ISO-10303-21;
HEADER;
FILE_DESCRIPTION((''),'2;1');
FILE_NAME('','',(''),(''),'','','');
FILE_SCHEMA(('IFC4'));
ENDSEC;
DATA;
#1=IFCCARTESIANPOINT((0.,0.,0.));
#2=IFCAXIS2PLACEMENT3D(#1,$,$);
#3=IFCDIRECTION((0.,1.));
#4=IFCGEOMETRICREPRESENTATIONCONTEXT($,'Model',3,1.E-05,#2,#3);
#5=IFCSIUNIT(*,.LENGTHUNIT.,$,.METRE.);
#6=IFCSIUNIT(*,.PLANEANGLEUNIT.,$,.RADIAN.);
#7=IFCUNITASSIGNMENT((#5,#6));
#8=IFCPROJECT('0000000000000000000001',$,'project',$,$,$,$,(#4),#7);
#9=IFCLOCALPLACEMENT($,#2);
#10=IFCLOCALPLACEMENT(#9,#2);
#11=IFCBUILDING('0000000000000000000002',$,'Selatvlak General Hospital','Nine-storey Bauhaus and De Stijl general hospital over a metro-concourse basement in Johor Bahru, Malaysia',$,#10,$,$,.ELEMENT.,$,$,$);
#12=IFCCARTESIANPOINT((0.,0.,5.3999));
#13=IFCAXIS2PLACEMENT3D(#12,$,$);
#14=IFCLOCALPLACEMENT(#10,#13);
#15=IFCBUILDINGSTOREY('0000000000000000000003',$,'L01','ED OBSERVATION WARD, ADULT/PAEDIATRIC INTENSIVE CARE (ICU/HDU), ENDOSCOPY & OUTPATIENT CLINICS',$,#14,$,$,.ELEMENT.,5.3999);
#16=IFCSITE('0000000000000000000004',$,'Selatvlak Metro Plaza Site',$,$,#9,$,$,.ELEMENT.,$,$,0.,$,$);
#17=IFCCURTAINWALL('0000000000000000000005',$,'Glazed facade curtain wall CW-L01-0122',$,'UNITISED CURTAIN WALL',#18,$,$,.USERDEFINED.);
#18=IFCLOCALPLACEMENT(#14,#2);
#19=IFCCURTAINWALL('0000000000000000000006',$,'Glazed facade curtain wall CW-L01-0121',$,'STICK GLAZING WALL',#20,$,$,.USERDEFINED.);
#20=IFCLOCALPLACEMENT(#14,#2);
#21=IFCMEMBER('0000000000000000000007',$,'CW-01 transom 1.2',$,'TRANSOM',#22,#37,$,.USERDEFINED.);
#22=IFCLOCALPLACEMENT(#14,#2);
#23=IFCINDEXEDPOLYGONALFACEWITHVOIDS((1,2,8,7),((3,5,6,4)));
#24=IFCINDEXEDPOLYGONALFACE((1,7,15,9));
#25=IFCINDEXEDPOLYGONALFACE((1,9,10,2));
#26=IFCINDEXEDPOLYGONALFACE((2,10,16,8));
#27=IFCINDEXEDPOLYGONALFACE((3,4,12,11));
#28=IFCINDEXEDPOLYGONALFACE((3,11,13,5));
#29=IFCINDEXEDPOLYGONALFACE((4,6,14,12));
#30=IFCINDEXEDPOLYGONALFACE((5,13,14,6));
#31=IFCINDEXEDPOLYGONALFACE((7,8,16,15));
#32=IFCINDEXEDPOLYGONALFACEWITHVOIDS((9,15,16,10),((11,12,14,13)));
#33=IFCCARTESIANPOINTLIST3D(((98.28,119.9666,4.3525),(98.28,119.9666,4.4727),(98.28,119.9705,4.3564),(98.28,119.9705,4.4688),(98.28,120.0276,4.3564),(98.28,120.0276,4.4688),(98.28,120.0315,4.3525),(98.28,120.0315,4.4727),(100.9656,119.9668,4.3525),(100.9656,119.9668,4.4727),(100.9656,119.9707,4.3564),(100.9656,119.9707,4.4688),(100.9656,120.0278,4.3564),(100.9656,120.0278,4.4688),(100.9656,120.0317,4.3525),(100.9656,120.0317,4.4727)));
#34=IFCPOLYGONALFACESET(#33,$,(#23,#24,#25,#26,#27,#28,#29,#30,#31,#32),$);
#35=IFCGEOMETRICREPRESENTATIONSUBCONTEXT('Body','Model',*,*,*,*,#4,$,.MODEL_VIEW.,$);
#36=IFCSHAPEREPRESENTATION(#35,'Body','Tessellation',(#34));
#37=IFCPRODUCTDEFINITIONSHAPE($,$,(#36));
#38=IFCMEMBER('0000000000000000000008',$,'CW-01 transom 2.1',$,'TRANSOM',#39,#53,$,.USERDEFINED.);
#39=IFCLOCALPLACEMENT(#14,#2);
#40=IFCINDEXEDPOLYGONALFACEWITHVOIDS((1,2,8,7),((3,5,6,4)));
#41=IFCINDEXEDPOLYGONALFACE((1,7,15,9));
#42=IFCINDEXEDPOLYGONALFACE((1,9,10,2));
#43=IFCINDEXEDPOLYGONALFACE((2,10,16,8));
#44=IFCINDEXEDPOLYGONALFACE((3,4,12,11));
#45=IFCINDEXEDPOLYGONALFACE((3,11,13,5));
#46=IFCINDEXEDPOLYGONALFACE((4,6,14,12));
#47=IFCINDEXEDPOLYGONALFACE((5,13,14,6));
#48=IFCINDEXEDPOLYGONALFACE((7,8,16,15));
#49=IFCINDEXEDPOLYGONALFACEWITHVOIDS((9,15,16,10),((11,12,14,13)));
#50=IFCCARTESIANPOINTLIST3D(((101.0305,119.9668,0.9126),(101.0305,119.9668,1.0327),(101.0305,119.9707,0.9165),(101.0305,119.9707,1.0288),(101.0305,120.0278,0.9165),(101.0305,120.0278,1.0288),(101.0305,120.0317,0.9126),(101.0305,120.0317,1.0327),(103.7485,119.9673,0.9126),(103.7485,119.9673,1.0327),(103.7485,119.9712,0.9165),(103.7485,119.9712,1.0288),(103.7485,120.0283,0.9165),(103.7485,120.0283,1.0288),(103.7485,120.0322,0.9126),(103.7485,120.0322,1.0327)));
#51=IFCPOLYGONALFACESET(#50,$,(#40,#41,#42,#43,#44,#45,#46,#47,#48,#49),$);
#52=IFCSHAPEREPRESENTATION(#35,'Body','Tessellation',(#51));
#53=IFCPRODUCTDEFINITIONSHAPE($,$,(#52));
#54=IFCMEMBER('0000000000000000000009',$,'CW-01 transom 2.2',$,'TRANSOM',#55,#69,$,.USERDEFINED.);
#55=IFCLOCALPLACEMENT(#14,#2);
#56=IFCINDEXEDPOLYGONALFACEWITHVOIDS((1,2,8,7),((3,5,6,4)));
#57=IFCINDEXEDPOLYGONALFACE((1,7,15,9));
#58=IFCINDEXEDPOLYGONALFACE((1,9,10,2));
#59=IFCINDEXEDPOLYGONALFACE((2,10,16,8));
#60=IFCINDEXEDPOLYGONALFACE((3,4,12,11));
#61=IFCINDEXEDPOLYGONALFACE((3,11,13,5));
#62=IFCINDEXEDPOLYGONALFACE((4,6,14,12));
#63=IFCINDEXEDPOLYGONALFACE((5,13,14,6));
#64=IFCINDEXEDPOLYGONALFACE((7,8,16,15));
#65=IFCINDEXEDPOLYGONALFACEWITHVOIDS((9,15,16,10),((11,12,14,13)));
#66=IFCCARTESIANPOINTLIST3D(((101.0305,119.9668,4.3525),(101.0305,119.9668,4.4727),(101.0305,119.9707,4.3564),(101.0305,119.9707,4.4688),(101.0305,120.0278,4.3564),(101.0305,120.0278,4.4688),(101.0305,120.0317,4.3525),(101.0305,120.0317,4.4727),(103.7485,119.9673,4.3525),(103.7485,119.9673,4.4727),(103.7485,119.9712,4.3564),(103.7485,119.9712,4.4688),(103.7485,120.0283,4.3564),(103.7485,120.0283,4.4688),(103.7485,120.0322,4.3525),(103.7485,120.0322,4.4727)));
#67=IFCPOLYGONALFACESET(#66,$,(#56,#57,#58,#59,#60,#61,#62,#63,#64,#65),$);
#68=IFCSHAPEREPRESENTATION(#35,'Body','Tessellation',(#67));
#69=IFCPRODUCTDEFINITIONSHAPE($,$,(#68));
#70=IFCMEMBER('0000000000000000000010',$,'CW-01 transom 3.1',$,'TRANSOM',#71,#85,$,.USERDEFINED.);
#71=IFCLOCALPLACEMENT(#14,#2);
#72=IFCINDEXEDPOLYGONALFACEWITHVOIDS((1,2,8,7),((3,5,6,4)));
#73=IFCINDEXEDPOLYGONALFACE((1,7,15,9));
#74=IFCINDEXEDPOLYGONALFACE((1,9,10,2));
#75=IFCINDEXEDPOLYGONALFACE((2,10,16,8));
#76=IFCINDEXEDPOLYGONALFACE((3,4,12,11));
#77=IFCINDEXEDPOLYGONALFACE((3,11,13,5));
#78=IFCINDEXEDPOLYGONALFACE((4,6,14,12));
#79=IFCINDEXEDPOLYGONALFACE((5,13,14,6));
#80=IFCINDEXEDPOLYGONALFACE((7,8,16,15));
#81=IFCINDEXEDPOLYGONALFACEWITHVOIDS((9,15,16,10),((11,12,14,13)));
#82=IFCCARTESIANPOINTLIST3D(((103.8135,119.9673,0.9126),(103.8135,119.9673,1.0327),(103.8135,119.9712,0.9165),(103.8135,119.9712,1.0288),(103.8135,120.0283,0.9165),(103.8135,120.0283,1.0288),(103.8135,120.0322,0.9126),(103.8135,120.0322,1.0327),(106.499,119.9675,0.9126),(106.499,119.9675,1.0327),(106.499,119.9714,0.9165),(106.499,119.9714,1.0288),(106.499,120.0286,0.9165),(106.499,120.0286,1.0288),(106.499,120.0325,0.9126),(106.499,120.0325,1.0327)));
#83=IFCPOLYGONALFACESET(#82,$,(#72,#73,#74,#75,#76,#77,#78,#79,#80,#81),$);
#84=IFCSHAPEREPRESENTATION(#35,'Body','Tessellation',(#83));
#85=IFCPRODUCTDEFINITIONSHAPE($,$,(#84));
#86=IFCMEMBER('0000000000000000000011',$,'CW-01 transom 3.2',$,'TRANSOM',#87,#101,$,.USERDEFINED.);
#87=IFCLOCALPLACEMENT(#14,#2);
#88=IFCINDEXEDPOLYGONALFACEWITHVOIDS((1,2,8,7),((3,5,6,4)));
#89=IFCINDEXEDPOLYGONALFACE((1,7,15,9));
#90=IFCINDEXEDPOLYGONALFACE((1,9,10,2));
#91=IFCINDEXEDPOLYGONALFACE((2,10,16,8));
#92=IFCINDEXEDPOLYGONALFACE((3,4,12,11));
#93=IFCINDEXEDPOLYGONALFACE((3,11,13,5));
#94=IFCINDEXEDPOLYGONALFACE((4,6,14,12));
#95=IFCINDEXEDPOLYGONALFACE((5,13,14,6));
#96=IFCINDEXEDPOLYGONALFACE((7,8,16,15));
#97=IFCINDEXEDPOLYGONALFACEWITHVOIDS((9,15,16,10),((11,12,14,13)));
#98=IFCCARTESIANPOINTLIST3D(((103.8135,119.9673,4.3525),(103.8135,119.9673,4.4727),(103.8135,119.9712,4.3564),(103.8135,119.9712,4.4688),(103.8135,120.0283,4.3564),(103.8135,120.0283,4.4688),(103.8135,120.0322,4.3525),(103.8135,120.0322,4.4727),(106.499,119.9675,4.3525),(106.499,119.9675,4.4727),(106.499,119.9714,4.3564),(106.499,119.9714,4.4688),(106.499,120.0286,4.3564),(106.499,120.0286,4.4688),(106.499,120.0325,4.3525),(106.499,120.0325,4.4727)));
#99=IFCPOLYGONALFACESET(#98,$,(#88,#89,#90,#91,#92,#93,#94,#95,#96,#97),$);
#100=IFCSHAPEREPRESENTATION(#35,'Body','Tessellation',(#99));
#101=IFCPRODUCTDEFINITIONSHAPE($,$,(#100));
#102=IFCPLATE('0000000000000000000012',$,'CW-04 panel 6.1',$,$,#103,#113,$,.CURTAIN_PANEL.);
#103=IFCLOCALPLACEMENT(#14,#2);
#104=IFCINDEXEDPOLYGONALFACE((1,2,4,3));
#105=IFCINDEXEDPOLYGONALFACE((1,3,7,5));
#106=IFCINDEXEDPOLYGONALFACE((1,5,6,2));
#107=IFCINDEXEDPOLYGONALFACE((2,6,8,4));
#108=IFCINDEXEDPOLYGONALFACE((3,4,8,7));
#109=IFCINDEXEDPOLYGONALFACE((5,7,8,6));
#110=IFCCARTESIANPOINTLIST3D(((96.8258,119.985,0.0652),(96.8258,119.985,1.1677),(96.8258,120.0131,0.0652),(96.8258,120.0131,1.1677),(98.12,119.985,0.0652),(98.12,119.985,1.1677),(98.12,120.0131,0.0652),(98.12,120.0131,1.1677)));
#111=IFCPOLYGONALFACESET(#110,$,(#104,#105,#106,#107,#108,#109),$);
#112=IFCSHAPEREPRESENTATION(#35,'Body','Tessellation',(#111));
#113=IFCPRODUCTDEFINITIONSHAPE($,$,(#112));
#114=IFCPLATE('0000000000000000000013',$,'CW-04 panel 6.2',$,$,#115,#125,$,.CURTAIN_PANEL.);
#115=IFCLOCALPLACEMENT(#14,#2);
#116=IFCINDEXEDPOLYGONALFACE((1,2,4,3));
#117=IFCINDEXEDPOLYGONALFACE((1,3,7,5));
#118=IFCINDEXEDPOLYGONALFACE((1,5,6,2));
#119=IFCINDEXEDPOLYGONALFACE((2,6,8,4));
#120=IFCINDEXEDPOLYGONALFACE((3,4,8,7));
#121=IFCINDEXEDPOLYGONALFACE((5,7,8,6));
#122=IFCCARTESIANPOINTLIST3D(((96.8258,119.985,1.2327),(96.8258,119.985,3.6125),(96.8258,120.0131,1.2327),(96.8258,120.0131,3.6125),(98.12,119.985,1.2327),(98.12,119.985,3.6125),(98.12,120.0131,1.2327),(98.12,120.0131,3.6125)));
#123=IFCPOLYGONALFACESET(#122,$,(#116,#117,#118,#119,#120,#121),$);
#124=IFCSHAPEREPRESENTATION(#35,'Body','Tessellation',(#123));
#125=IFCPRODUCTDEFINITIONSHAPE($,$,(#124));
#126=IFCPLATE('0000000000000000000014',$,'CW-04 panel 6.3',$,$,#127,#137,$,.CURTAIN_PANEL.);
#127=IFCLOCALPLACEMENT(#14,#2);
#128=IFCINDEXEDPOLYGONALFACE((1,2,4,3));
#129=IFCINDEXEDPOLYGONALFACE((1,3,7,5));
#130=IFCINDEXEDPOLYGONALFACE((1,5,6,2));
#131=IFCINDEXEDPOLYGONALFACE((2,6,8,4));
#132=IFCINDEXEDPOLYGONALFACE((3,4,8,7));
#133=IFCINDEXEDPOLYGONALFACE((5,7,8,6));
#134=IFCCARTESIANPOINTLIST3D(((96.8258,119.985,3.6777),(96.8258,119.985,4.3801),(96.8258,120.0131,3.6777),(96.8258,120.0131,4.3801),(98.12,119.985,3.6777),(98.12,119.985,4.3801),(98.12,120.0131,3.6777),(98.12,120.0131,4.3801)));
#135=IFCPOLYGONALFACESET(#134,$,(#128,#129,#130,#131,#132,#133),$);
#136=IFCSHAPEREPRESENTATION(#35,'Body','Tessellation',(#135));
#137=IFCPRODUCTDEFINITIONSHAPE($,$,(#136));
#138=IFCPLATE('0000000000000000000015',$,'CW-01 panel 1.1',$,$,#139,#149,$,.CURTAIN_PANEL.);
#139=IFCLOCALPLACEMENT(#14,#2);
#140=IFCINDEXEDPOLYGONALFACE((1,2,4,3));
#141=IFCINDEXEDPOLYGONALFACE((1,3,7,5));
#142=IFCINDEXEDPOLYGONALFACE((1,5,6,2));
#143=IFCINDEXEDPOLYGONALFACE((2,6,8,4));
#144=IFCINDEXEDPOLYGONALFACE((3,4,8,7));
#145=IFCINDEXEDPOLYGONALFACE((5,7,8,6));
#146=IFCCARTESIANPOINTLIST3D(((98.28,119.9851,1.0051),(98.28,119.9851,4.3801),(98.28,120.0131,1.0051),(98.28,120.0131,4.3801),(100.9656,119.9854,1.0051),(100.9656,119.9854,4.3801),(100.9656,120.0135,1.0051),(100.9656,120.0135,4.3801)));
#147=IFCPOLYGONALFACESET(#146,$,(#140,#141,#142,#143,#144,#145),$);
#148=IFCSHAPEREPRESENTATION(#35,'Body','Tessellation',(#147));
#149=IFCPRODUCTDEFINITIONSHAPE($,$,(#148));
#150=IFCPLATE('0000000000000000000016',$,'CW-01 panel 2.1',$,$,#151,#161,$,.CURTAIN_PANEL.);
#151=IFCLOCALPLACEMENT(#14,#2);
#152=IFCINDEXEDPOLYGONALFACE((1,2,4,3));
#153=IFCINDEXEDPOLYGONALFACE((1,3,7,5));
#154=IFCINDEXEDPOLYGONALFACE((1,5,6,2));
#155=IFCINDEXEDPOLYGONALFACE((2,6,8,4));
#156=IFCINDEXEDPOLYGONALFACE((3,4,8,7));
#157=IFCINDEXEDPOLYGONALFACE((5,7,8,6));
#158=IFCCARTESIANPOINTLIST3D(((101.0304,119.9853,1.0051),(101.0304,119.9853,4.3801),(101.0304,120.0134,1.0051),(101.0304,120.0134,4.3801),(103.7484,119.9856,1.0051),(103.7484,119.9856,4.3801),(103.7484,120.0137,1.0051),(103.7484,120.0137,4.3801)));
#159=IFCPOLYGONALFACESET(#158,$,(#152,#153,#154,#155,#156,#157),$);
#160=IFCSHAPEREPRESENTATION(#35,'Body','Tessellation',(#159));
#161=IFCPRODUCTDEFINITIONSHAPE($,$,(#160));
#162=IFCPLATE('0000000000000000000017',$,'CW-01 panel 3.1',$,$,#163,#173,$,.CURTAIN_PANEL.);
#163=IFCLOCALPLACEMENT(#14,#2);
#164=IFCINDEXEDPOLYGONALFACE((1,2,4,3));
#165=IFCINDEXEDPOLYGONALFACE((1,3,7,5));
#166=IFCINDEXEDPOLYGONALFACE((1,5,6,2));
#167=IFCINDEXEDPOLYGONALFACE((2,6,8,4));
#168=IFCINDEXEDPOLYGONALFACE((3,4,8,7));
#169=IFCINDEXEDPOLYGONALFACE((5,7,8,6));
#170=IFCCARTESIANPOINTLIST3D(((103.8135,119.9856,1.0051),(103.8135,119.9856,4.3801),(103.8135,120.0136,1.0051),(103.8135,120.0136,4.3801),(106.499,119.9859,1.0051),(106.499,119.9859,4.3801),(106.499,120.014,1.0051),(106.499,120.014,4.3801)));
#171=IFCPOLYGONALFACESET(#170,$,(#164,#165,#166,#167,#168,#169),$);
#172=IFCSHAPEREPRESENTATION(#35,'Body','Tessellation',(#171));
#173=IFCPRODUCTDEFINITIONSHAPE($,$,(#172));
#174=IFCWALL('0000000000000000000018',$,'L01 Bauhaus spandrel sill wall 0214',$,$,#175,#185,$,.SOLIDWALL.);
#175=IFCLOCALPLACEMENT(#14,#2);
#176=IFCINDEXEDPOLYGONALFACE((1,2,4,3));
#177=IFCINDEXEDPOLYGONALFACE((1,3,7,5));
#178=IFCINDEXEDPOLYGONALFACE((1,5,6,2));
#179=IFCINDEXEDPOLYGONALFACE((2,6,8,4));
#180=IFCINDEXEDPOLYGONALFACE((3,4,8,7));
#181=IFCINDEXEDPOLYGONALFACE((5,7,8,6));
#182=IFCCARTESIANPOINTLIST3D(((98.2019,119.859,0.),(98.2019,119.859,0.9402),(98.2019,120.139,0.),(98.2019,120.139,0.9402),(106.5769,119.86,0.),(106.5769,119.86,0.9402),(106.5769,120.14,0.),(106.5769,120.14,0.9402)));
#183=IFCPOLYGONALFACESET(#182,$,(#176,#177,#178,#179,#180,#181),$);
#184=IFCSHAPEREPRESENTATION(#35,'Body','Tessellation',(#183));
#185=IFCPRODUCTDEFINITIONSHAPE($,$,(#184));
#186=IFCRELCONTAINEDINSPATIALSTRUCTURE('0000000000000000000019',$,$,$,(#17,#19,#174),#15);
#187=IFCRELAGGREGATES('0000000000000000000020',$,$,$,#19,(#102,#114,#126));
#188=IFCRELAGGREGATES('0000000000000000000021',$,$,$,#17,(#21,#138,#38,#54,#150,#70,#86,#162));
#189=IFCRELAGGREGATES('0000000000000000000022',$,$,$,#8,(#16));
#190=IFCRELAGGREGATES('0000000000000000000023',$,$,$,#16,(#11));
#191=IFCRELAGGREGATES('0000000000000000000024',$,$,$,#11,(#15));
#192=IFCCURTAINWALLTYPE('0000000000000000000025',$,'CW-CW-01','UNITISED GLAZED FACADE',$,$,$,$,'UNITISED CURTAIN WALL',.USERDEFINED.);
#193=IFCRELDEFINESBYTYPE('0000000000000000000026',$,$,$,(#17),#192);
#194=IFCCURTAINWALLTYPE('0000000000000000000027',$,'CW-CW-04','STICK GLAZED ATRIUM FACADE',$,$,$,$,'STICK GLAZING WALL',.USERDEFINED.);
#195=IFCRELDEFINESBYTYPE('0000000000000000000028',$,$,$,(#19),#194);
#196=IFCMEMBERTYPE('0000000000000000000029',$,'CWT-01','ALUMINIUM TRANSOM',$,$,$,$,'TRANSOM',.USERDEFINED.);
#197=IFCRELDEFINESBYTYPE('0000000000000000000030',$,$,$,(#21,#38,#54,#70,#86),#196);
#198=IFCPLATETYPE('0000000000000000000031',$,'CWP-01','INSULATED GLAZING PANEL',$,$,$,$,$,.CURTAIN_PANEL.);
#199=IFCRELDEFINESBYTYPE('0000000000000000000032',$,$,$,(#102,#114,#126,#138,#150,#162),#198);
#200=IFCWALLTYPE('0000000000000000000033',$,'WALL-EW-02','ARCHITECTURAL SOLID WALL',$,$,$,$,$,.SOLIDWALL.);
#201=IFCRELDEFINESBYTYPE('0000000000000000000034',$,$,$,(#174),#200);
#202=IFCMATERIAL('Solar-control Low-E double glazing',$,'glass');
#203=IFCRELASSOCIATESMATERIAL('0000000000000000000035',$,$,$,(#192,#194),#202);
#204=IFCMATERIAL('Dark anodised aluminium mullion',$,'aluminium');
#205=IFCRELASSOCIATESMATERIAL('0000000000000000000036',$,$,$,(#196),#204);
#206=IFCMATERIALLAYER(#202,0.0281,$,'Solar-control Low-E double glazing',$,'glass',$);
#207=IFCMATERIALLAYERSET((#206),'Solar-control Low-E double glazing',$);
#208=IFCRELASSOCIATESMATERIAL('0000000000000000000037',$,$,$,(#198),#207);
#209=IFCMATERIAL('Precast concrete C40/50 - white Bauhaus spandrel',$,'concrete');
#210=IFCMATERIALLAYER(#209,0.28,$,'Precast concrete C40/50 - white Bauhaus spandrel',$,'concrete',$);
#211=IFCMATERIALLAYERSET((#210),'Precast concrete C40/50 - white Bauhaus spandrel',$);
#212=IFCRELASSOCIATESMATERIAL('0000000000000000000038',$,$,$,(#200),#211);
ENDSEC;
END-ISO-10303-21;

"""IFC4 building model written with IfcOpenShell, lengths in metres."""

from ifc_helpers import new_model, si_unit, direction, frame, frame_2d, origin, origin_2d, place, context, subcontext, project, spatial, rectangle, hollow_rectangle, extrude, material, layer, layer_set, material_profile, profile_set, type_object, element, aggregate, save


model = new_model("IFC4")

# Units and contexts
model_context = context("Model", 3, precision=1e-05, world=origin(), true_north=direction((0.0, 1.0)))
body_context = subcontext(model_context, "Body", "Model", "MODEL_VIEW")
ifc_project = project(units=[si_unit("LENGTHUNIT", "METRE"), si_unit("PLANEANGLEUNIT", "RADIAN")], contexts=[model_context])

# Site, building, storey
site_placement = place(None, origin())
site = spatial("IfcSite", under=ifc_project, at=site_placement, Name="Selatvlak Metro Plaza Site", CompositionType="ELEMENT", RefElevation=0.0)
building_placement = place(site_placement, origin())
building = spatial("IfcBuilding", under=site, at=building_placement, Name="Selatvlak General Hospital", Description="Nine-storey Bauhaus and De Stijl general hospital over a metro-concourse basement in Johor Bahru, Malaysia", CompositionType="ELEMENT")
storey_placement = place(building_placement, frame((0.0, 0.0, 5.3999)))
storey = spatial("IfcBuildingStorey", under=building, at=storey_placement, Name="L01", Description="ED OBSERVATION WARD, ADULT/PAEDIATRIC INTENSIVE CARE (ICU/HDU), ENDOSCOPY & OUTPATIENT CLINICS", CompositionType="ELEMENT", Elevation=5.3999)

# Curtain wall
ifc_material_1 = material(Name="Solar-control Low-E double glazing", Category="glass")
curtain_wall_type_1 = type_object("IfcCurtainWallType", Name="CW-CW-01", Description="UNITISED GLAZED FACADE", ElementType="UNITISED CURTAIN WALL", PredefinedType="USERDEFINED", material=ifc_material_1)
curtain_wall_1_placement = place(storey_placement, origin())
curtain_wall_1 = element("IfcCurtainWall", 1, at=curtain_wall_1_placement, inside=storey, type_object=curtain_wall_type_1, Name="Glazed facade curtain wall CW-L01-0122", ObjectType="UNITISED CURTAIN WALL", PredefinedType="USERDEFINED")
ifc_material_2 = material(Name="Dark anodised aluminium mullion", Category="aluminium")

# Curtain wall
curtain_wall_type_2 = type_object("IfcCurtainWallType", Name="CW-CW-04", Description="STICK GLAZED ATRIUM FACADE", ElementType="STICK GLAZING WALL", PredefinedType="USERDEFINED", material=ifc_material_1)
curtain_wall_2_placement = place(storey_placement, origin())
curtain_wall_2 = element("IfcCurtainWall", 2, at=curtain_wall_2_placement, inside=storey, type_object=curtain_wall_type_2, Name="Glazed facade curtain wall CW-L01-0121", ObjectType="STICK GLAZING WALL", PredefinedType="USERDEFINED")

# Members
ifc_material_profile_1 = material_profile(ifc_material_2, hollow_rectangle(XDim=0.0649, YDim=0.1201, WallThickness=0.0039, at=origin_2d()), Name="AL-TRN 65x120x4")
ifc_profile_set_1 = profile_set([ifc_material_profile_1], Name="Dark anodised aluminium mullion")
member_type_1 = type_object("IfcMemberType", Name="CWT-01", Description="ALUMINIUM TRANSOM", ElementType="TRANSOM", PredefinedType="USERDEFINED", material=ifc_profile_set_1)
member_1_placement = place(storey_placement, frame((98.28, 119.999, 4.4126), z_axis=(1.0, 0.000091, 0.0), x_axis=(-0.000091, 1.0, 0.0)))
member_1 = element("IfcMember", 3, at=member_1_placement, type_object=member_type_1, Name="CW-01 transom 1.2", ObjectType="TRANSOM", PredefinedType="USERDEFINED", context=body_context, shape_type="SweptSolid", body=[
    extrude(hollow_rectangle(XDim=0.0649, YDim=0.1201, WallThickness=0.0039, at=origin_2d()), origin(), (0.0, 0.0, 1.0), 2.6855),
])
member_2_placement = place(storey_placement, frame((101.0305, 119.9993, 0.9727), z_axis=(1.0, 0.00018, 0.0), x_axis=(-0.00018, 1.0, 0.0)))
member_2 = element("IfcMember", 4, at=member_2_placement, type_object=member_type_1, Name="CW-01 transom 2.1", ObjectType="TRANSOM", PredefinedType="USERDEFINED", context=body_context, shape_type="SweptSolid", body=[
    extrude(hollow_rectangle(XDim=0.0649, YDim=0.1201, WallThickness=0.0039, at=origin_2d()), origin(), (0.0, 0.0, 1.0), 2.718),
])
member_3_placement = place(storey_placement, frame((101.0305, 119.9993, 4.4126), z_axis=(1.0, 0.00018, 0.0), x_axis=(-0.00018, 1.0, 0.0)))
member_3 = element("IfcMember", 5, at=member_3_placement, type_object=member_type_1, Name="CW-01 transom 2.2", ObjectType="TRANSOM", PredefinedType="USERDEFINED", context=body_context, shape_type="SweptSolid", body=[
    extrude(hollow_rectangle(XDim=0.0649, YDim=0.1201, WallThickness=0.0039, at=origin_2d()), origin(), (0.0, 0.0, 1.0), 2.718),
])
member_4_placement = place(storey_placement, frame((103.8135, 119.9998, 0.9727), z_axis=(1.0, 0.000091, 0.0), x_axis=(-0.000091, 1.0, 0.0)))
member_4 = element("IfcMember", 6, at=member_4_placement, type_object=member_type_1, Name="CW-01 transom 3.1", ObjectType="TRANSOM", PredefinedType="USERDEFINED", context=body_context, shape_type="SweptSolid", body=[
    extrude(hollow_rectangle(XDim=0.0649, YDim=0.1201, WallThickness=0.0039, at=origin_2d()), origin(), (0.0, 0.0, 1.0), 2.6855),
])
member_5_placement = place(storey_placement, frame((103.8135, 119.9998, 4.4126), z_axis=(1.0, 0.000091, 0.0), x_axis=(-0.000091, 1.0, 0.0)))
member_5 = element("IfcMember", 7, at=member_5_placement, type_object=member_type_1, Name="CW-01 transom 3.2", ObjectType="TRANSOM", PredefinedType="USERDEFINED", context=body_context, shape_type="SweptSolid", body=[
    extrude(hollow_rectangle(XDim=0.0649, YDim=0.1201, WallThickness=0.0039, at=origin_2d()), origin(), (0.0, 0.0, 1.0), 2.6855),
])

# Plates
ifc_layer_1 = layer(ifc_material_1, 0.0281, Name="Solar-control Low-E double glazing", Category="glass")
ifc_layer_set_1 = layer_set([ifc_layer_1], Name="Solar-control Low-E double glazing")
plate_type = type_object("IfcPlateType", Name="CWP-01", Description="INSULATED GLAZING PANEL", PredefinedType="CURTAIN_PANEL", material=ifc_layer_set_1)
plate_1_placement = place(storey_placement, frame((97.4729, 119.999, 0.0652), z_axis=(0.0, 0.0, 1.0), x_axis=(1.0, 0.0, 0.0)))
plate_1 = element("IfcPlate", 8, at=plate_1_placement, type_object=plate_type, Name="CW-04 panel 6.1", PredefinedType="CURTAIN_PANEL", context=body_context, shape_type="SweptSolid", body=[
    extrude(rectangle(XDim=1.2942, YDim=0.0281, at=origin_2d()), origin(), (0.0, 0.0, 1.0), 1.1025),
])
plate_2_placement = place(storey_placement, frame((97.4729, 119.999, 1.2327), z_axis=(0.0, 0.0, 1.0), x_axis=(1.0, 0.0, 0.0)))
plate_2 = element("IfcPlate", 9, at=plate_2_placement, type_object=plate_type, Name="CW-04 panel 6.2", PredefinedType="CURTAIN_PANEL", context=body_context, shape_type="SweptSolid", body=[
    extrude(rectangle(XDim=1.2942, YDim=0.0281, at=origin_2d()), origin(), (0.0, 0.0, 1.0), 2.3799),
])
plate_3_placement = place(storey_placement, frame((97.4729, 119.999, 3.6777), z_axis=(0.0, 0.0, 1.0), x_axis=(1.0, 0.0, 0.0)))
plate_3 = element("IfcPlate", 10, at=plate_3_placement, type_object=plate_type, Name="CW-04 panel 6.3", PredefinedType="CURTAIN_PANEL", context=body_context, shape_type="SweptSolid", body=[
    extrude(rectangle(XDim=1.2942, YDim=0.0281, at=origin_2d()), origin(), (0.0, 0.0, 1.0), 0.7024),
])
aggregate(curtain_wall_2, [plate_1, plate_2, plate_3])
plate_4_placement = place(storey_placement, frame((99.6228, 119.9993, 1.0051), z_axis=(0.0, 0.0, 1.0), x_axis=(1.0, 0.00012, 0.0)))
plate_4 = element("IfcPlate", 11, at=plate_4_placement, type_object=plate_type, Name="CW-01 panel 1.1", PredefinedType="CURTAIN_PANEL", context=body_context, shape_type="SweptSolid", body=[
    extrude(rectangle(XDim=2.6855, YDim=0.0281, at=origin_2d()), origin(), (0.0, 0.0, 1.0), 3.375),
])
plate_5_placement = place(storey_placement, frame((102.3894, 119.9995, 1.0051), z_axis=(0.0, 0.0, 1.0), x_axis=(1.0, 0.00012, 0.0)))
plate_5 = element("IfcPlate", 12, at=plate_5_placement, type_object=plate_type, Name="CW-01 panel 2.1", PredefinedType="CURTAIN_PANEL", context=body_context, shape_type="SweptSolid", body=[
    extrude(rectangle(XDim=2.718, YDim=0.0281, at=origin_2d()), origin(), (0.0, 0.0, 1.0), 3.375),
])
plate_6_placement = place(storey_placement, frame((105.1562, 119.9998, 1.0051), z_axis=(0.0, 0.0, 1.0), x_axis=(1.0, 0.00012, 0.0)))
plate_6 = element("IfcPlate", 13, at=plate_6_placement, type_object=plate_type, Name="CW-01 panel 3.1", PredefinedType="CURTAIN_PANEL", context=body_context, shape_type="SweptSolid", body=[
    extrude(rectangle(XDim=2.6855, YDim=0.0281, at=origin_2d()), origin(), (0.0, 0.0, 1.0), 3.375),
])
aggregate(curtain_wall_1, [member_1, plate_4, member_2, member_3, plate_5, member_4, member_5, plate_6])

# Wall
ifc_material_3 = material(Name="Precast concrete C40/50 - white Bauhaus spandrel", Category="concrete")
ifc_layer_2 = layer(ifc_material_3, 0.28, Name="Precast concrete C40/50 - white Bauhaus spandrel", Category="concrete")
ifc_layer_set_2 = layer_set([ifc_layer_2], Name="Precast concrete C40/50 - white Bauhaus spandrel")
wall_type_1 = type_object("IfcWallType", Name="WALL-EW-02", Description="ARCHITECTURAL SOLID WALL", PredefinedType="SOLIDWALL", material=ifc_layer_set_2)
wall_1_placement = place(storey_placement, frame((98.2019, 119.999, 0.0), z_axis=(0.0, 0.0, 1.0), x_axis=(1.0, 0.000117, 0.0)))
element("IfcWall", 14, at=wall_1_placement, inside=storey, type_object=wall_type_1, Name="L01 Bauhaus spandrel sill wall 0214", PredefinedType="SOLIDWALL", context=body_context, shape_type="SweptSolid", body=[
    extrude(rectangle(XDim=8.375, YDim=0.28, at=frame_2d((4.1875, 0.0))), origin(), (0.0, 0.0, 1.0), 0.9402),
])

save(model, "model.ifc")
